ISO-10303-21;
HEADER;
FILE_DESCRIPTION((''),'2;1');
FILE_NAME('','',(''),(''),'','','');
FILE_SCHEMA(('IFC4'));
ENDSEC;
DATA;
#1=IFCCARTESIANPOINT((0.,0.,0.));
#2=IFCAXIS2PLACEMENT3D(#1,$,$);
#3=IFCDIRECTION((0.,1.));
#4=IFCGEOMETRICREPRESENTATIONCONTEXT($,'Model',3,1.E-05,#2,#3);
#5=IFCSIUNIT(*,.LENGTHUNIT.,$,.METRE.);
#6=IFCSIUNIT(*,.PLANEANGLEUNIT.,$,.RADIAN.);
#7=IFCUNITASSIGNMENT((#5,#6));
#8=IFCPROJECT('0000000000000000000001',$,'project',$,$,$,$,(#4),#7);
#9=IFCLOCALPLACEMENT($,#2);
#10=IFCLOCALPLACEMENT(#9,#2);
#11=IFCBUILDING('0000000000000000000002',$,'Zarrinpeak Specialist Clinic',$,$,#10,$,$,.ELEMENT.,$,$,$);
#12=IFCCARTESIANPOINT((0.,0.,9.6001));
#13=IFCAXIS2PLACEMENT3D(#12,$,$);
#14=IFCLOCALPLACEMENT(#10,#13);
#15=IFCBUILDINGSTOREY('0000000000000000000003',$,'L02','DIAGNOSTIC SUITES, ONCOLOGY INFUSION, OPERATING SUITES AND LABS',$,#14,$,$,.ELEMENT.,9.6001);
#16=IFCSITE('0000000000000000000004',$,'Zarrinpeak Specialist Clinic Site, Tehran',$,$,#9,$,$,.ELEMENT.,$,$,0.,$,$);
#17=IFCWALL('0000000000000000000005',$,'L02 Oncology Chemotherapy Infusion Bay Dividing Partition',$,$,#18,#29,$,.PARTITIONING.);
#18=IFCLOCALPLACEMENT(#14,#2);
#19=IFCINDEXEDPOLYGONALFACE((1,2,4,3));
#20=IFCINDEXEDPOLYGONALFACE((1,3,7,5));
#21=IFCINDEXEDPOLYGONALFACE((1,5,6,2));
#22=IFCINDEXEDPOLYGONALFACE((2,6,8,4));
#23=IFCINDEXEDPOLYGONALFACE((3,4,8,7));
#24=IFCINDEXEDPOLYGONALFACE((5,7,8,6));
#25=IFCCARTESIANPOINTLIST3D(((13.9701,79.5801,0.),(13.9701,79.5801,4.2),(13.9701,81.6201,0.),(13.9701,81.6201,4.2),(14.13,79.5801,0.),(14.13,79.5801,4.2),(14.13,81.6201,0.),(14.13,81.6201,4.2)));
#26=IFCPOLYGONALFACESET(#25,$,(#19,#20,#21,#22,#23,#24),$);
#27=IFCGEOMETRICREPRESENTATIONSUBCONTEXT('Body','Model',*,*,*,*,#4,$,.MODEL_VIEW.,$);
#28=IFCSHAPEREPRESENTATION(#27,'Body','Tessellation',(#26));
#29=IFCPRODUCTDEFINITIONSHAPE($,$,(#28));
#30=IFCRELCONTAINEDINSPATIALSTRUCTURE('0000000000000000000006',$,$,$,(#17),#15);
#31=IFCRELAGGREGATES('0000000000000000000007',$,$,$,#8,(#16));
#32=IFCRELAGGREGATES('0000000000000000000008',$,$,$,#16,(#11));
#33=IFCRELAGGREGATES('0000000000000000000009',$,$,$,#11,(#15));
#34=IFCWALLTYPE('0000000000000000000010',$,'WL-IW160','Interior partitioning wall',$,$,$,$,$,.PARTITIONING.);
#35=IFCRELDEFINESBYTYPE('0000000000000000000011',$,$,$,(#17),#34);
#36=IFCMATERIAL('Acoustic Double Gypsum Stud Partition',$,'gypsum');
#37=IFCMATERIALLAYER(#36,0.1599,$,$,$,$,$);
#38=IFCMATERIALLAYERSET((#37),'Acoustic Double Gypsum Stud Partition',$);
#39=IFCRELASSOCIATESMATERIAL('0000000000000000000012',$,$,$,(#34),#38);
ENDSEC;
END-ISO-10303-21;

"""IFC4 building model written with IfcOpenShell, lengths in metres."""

from ifc_helpers import new_model, si_unit, direction, frame, frame_2d, origin, place, context, subcontext, project, spatial, rectangle, extrude, material, layer, layer_set, type_object, element, save


model = new_model("IFC4")

# Units and contexts
model_context = context("Model", 3, precision=1e-05, world=origin(), true_north=direction((0.0, 1.0)))
body_context = subcontext(model_context, "Body", "Model", "MODEL_VIEW")
ifc_project = project(units=[si_unit("LENGTHUNIT", "METRE"), si_unit("PLANEANGLEUNIT", "RADIAN")], contexts=[model_context])

# Site, building, storey
site_placement = place(None, origin())
site = spatial("IfcSite", under=ifc_project, at=site_placement, Name="Zarrinpeak Specialist Clinic Site, Tehran", CompositionType="ELEMENT", RefElevation=0.0)
building_placement = place(site_placement, origin())
building = spatial("IfcBuilding", under=site, at=building_placement, Name="Zarrinpeak Specialist Clinic", CompositionType="ELEMENT")
storey_placement = place(building_placement, frame((0.0, 0.0, 9.6001)))
storey = spatial("IfcBuildingStorey", under=building, at=storey_placement, Name="L02", Description="DIAGNOSTIC SUITES, ONCOLOGY INFUSION, OPERATING SUITES AND LABS", CompositionType="ELEMENT", Elevation=9.6001)

# Wall
ifc_material_1 = material(Name="Acoustic Double Gypsum Stud Partition", Category="gypsum")
ifc_layer_1 = layer(ifc_material_1, 0.1599)
ifc_layer_set_1 = layer_set([ifc_layer_1], Name="Acoustic Double Gypsum Stud Partition")
wall_type_1 = type_object("IfcWallType", Name="WL-IW160", Description="Interior partitioning wall", PredefinedType="PARTITIONING", material=ifc_layer_set_1)
wall_1_placement = place(storey_placement, frame((14.05, 79.5801, 0.0), z_axis=(0.0, 0.0, 1.0), x_axis=(0.0, 1.0, 0.0)))
element("IfcWall", 1, at=wall_1_placement, inside=storey, type_object=wall_type_1, Name="L02 Oncology Chemotherapy Infusion Bay Dividing Partition", PredefinedType="PARTITIONING", context=body_context, shape_type="SweptSolid", body=[
    extrude(rectangle(XDim=2.04, YDim=0.1599, at=frame_2d((1.02, 0.0))), origin(), (0.0, 0.0, 1.0), 4.2),
])

save(model, "model.ifc")
